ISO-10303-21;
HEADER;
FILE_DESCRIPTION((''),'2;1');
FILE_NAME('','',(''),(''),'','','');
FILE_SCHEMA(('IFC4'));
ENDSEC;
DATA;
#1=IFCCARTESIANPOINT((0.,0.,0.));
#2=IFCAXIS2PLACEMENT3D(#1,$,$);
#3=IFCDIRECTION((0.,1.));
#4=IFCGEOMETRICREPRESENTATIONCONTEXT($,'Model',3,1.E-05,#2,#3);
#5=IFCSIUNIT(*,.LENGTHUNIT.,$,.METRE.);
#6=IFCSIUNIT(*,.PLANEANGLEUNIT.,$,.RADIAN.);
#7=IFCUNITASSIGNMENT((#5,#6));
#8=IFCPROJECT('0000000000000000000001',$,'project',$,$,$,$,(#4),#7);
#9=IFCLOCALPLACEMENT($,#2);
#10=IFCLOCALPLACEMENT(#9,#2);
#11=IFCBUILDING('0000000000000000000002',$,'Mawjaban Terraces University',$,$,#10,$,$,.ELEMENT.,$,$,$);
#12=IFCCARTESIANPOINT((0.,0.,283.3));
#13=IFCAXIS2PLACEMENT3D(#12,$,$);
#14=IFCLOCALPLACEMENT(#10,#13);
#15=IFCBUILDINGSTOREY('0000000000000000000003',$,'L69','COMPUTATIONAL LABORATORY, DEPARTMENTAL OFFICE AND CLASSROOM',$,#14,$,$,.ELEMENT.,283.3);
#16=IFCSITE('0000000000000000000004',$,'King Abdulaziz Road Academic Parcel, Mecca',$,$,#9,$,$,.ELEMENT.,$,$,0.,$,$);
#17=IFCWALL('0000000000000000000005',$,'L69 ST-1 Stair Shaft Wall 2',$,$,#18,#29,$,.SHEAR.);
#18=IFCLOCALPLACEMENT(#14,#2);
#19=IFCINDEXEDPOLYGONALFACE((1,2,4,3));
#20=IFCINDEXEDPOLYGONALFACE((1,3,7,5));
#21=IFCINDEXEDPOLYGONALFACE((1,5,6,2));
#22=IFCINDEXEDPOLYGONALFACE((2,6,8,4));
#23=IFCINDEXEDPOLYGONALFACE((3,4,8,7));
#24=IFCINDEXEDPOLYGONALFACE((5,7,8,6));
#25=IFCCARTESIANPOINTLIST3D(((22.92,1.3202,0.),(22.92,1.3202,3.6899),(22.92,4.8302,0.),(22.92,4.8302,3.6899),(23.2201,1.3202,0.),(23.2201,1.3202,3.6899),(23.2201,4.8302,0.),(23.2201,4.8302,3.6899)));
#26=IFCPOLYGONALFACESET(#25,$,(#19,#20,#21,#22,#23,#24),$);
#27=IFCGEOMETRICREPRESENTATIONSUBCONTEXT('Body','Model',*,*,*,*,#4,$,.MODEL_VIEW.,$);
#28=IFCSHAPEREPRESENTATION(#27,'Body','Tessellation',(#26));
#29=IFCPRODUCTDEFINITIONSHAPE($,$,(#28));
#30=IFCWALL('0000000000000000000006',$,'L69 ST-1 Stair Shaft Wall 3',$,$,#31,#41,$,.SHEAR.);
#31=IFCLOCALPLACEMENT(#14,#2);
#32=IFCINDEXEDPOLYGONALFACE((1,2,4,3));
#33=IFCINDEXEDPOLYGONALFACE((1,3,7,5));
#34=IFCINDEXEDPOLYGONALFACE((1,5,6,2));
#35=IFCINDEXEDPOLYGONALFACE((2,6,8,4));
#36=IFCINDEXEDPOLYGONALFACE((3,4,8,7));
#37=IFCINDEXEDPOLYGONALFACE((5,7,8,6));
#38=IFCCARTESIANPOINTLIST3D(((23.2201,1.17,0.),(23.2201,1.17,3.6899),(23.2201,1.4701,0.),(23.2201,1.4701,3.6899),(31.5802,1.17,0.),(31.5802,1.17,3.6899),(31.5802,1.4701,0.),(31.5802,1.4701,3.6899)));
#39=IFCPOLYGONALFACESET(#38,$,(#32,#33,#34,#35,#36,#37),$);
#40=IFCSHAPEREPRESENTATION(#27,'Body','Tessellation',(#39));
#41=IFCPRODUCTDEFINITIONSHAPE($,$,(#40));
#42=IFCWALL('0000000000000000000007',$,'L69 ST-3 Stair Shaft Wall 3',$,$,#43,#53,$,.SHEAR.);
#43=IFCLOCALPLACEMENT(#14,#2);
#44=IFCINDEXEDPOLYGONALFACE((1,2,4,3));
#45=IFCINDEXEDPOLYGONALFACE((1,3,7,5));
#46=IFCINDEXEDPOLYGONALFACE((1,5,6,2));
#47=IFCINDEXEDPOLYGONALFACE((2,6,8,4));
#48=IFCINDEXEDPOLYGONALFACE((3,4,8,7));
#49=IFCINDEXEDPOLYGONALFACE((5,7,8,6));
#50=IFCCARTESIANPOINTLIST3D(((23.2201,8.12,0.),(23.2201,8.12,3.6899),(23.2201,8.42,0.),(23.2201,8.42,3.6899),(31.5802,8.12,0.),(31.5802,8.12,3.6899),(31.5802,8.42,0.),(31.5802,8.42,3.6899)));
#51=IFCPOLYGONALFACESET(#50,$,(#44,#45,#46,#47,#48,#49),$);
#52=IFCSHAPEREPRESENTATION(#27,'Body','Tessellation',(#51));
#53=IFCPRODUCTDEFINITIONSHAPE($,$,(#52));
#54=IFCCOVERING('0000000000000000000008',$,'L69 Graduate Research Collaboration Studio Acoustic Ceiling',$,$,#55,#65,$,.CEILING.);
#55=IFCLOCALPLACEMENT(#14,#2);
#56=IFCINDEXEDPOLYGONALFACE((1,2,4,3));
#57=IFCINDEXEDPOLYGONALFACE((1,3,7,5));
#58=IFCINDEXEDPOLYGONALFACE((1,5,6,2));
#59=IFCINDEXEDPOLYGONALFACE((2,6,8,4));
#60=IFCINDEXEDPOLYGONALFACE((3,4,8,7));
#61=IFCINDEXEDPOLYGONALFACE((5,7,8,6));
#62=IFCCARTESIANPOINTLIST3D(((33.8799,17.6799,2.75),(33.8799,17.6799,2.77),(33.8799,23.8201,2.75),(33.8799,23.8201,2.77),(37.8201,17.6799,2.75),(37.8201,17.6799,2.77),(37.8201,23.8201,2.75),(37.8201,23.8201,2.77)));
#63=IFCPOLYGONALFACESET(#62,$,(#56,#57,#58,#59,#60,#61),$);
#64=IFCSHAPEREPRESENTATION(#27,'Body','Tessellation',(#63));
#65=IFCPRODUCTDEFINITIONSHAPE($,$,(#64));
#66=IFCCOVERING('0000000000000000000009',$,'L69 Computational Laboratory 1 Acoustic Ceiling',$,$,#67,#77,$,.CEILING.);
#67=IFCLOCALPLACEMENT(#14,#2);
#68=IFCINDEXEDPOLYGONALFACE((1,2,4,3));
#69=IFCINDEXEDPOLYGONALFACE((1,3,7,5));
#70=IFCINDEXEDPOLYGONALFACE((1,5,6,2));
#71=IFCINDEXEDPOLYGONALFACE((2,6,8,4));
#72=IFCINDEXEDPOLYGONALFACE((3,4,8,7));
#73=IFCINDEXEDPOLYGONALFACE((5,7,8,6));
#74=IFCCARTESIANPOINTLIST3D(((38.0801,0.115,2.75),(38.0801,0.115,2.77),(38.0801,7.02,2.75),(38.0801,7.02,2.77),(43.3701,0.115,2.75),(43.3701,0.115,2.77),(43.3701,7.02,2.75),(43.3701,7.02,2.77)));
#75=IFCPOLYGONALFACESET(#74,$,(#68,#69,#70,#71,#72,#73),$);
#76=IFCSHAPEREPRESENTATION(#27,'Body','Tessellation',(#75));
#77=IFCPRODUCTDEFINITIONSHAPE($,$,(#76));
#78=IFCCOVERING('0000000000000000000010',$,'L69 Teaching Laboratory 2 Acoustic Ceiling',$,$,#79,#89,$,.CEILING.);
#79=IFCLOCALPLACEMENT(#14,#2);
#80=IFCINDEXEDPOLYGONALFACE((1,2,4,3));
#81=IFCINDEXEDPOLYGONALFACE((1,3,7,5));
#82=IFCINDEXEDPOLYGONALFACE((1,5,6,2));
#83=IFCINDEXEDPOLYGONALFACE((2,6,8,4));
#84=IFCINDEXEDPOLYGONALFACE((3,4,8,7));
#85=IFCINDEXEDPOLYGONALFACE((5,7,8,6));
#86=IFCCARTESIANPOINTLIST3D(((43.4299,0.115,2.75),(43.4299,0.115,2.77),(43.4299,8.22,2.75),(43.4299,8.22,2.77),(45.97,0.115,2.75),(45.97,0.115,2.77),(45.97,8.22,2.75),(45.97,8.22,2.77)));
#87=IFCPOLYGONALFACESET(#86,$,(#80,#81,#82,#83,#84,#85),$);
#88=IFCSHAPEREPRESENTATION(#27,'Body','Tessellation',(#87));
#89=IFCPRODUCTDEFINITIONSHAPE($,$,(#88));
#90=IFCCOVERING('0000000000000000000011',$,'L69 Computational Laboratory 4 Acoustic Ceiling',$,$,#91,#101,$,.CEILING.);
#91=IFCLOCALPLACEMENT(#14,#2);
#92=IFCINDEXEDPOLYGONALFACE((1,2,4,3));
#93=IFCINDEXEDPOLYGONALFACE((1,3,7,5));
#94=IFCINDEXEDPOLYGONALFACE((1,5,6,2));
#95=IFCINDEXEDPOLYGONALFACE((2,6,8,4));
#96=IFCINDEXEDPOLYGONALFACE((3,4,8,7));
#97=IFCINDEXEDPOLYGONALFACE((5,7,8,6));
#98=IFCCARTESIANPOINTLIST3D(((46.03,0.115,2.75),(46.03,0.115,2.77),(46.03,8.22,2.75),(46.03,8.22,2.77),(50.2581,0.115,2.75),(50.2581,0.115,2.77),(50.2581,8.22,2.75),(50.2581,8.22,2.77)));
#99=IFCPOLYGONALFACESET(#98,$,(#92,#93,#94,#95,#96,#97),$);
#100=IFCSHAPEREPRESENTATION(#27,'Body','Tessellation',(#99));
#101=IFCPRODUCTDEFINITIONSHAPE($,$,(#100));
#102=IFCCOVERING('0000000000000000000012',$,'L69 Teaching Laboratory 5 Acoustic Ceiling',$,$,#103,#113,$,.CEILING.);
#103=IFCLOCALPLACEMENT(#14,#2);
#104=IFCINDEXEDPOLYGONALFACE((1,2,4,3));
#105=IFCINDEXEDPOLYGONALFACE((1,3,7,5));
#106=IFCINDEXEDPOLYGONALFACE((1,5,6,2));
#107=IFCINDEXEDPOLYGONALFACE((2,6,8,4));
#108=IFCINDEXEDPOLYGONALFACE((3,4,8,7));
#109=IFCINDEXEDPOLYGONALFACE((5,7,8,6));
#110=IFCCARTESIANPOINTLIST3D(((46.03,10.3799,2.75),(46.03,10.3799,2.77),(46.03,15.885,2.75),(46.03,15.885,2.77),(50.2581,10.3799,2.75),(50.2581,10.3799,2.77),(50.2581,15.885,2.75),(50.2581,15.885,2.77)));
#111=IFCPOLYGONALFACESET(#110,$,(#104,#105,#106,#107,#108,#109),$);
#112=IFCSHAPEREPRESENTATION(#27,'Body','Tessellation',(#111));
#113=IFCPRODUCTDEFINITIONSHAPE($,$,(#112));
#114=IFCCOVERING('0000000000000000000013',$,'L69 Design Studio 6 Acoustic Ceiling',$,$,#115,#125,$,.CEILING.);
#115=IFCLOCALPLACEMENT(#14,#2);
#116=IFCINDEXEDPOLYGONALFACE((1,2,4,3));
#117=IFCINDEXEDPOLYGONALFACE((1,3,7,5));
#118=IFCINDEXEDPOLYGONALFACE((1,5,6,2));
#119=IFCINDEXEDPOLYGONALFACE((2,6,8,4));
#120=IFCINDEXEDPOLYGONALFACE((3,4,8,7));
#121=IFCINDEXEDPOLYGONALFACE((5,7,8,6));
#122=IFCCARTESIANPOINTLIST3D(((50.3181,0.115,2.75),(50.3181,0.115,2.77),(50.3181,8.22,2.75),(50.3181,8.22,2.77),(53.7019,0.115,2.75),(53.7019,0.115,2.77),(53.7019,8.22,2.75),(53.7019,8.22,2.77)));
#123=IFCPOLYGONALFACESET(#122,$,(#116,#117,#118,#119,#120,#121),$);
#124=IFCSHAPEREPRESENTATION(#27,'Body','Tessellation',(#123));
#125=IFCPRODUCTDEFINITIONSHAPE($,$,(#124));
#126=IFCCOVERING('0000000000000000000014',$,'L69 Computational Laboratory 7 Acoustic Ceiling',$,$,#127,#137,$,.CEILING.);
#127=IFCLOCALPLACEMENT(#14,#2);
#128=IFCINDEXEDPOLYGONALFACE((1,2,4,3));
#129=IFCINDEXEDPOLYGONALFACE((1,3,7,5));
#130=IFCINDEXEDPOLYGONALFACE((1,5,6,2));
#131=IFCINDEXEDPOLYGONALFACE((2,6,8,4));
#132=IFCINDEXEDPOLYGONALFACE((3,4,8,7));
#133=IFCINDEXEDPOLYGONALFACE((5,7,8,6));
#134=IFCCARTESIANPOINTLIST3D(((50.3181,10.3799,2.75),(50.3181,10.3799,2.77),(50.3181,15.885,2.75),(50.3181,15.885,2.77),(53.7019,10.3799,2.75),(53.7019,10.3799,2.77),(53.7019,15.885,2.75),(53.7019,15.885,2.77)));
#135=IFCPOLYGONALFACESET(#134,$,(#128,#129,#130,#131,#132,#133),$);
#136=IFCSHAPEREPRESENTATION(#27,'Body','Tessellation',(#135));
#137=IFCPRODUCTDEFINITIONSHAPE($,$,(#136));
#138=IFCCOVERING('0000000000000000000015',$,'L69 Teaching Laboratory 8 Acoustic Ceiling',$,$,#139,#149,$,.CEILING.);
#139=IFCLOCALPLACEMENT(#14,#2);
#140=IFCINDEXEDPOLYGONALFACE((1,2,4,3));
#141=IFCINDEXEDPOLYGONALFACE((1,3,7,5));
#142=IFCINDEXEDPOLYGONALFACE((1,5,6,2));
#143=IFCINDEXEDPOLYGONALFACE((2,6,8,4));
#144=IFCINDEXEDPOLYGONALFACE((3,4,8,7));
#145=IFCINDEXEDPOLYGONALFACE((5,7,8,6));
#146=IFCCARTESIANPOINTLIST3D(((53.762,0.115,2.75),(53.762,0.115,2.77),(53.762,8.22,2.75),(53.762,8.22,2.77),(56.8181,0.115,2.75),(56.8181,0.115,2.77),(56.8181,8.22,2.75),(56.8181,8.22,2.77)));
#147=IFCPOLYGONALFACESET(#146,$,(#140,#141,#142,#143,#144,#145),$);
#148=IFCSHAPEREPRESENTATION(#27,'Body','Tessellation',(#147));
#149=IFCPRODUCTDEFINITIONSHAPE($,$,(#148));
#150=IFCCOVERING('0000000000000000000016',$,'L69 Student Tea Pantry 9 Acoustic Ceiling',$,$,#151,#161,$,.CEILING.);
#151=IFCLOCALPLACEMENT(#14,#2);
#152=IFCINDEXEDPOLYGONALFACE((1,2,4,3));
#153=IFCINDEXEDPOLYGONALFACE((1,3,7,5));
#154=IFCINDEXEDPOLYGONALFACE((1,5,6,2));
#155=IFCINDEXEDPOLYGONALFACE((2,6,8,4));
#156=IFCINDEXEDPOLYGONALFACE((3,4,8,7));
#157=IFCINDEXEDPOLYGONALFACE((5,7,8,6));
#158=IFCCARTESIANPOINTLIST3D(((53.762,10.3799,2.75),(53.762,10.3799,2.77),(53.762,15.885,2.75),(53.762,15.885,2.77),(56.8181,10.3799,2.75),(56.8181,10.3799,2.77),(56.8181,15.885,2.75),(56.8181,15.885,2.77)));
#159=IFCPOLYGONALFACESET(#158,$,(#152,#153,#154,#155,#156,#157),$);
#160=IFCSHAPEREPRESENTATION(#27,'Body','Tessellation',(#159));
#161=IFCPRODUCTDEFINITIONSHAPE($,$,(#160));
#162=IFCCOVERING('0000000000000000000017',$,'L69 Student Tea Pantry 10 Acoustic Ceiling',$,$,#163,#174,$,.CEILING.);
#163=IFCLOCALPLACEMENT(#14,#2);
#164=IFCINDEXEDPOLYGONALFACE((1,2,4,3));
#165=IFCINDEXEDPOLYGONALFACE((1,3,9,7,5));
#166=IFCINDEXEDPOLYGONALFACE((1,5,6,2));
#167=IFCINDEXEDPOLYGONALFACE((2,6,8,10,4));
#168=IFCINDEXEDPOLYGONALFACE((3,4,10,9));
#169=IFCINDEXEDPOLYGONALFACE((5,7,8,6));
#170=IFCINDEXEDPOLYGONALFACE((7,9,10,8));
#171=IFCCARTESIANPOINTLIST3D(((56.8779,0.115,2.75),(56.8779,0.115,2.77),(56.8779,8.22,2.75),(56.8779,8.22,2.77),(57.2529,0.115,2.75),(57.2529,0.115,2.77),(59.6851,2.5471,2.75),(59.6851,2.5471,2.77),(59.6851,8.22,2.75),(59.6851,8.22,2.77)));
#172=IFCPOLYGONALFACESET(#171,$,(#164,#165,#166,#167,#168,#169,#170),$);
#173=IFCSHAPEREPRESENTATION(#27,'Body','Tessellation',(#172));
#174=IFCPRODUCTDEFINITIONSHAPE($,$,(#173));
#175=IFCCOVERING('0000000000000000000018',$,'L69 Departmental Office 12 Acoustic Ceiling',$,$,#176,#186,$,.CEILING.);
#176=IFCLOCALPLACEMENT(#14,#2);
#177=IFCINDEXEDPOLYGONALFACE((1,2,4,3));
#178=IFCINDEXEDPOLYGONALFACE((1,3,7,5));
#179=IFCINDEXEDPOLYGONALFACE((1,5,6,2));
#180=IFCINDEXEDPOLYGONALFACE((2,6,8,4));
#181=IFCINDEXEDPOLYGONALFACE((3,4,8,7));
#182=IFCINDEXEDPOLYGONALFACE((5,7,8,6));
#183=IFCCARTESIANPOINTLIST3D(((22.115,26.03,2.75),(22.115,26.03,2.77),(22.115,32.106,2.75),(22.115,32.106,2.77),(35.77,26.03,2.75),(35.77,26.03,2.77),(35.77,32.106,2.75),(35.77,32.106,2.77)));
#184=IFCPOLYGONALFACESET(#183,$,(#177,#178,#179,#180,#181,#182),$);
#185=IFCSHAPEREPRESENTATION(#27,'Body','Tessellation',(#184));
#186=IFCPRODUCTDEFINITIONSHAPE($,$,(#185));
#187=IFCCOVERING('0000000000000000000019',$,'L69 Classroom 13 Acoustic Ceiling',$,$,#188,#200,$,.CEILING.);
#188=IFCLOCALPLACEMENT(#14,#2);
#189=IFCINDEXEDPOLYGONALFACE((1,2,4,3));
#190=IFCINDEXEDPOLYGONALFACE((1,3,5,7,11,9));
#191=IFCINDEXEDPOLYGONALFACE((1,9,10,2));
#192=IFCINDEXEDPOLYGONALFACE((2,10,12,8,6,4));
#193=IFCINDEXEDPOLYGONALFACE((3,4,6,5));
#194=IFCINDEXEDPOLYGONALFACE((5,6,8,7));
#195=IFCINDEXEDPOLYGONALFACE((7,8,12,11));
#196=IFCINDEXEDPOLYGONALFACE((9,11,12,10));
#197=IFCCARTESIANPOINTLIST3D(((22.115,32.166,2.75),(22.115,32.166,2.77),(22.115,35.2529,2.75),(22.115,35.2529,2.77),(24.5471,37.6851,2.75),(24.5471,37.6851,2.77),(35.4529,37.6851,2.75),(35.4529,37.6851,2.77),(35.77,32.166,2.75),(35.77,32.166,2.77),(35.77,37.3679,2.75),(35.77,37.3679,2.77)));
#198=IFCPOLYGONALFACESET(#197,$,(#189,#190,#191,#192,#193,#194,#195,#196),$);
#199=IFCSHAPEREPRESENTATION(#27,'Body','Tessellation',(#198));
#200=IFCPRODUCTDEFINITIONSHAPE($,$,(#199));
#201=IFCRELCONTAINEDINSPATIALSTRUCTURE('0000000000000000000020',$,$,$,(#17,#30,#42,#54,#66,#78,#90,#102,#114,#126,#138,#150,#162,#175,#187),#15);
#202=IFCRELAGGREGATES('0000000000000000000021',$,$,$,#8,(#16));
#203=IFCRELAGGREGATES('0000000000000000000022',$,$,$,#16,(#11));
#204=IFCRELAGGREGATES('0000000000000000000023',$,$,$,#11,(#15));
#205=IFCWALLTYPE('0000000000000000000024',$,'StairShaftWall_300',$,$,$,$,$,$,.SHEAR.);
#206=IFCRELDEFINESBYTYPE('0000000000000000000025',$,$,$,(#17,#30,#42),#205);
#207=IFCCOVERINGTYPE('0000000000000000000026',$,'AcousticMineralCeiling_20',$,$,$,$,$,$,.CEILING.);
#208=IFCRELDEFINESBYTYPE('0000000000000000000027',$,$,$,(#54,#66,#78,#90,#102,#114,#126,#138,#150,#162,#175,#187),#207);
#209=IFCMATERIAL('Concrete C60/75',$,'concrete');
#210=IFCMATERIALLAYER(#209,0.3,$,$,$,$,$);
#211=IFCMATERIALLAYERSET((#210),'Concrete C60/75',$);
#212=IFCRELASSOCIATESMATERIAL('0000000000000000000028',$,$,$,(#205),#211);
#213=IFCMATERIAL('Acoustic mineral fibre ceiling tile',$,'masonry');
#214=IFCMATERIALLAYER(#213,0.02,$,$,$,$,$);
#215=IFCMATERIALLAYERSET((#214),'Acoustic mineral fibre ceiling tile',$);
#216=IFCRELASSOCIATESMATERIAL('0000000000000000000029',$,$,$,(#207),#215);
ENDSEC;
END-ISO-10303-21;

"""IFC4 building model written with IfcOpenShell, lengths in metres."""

from ifc_helpers import new_model, si_unit, direction, frame, frame_2d, origin, place, context, subcontext, project, spatial, polyline, rectangle, outline, extrude, material, layer, layer_set, type_object, element, save


model = new_model("IFC4")

# Units and contexts
model_context = context("Model", 3, precision=1e-05, world=origin(), true_north=direction((0.0, 1.0)))
body_context = subcontext(model_context, "Body", "Model", "MODEL_VIEW")
ifc_project = project(units=[si_unit("LENGTHUNIT", "METRE"), si_unit("PLANEANGLEUNIT", "RADIAN")], contexts=[model_context])

# Site, building, storey
site_placement = place(None, origin())
site = spatial("IfcSite", under=ifc_project, at=site_placement, Name="King Abdulaziz Road Academic Parcel, Mecca", CompositionType="ELEMENT", RefElevation=0.0)
building_placement = place(site_placement, origin())
building = spatial("IfcBuilding", under=site, at=building_placement, Name="Mawjaban Terraces University", CompositionType="ELEMENT")
storey_placement = place(building_placement, frame((0.0, 0.0, 283.3)))
storey = spatial("IfcBuildingStorey", under=building, at=storey_placement, Name="L69", Description="COMPUTATIONAL LABORATORY, DEPARTMENTAL OFFICE AND CLASSROOM", CompositionType="ELEMENT", Elevation=283.3)

# Walls
ifc_material_1 = material(Name="Concrete C60/75", Category="concrete")
ifc_layer_1 = layer(ifc_material_1, 0.3)
ifc_layer_set_1 = layer_set([ifc_layer_1], Name="Concrete C60/75")
wall_type_1 = type_object("IfcWallType", Name="StairShaftWall_300", PredefinedType="SHEAR", material=ifc_layer_set_1)
wall_1_placement = place(storey_placement, frame((23.0701, 4.8301, 0.0), z_axis=(0.0, 0.0, 1.0), x_axis=(0.0, -1.0, 0.0)))
element("IfcWall", 1, at=wall_1_placement, inside=storey, type_object=wall_type_1, Name="L69 ST-1 Stair Shaft Wall 2", PredefinedType="SHEAR", context=body_context, shape_type="SweptSolid", body=[
    extrude(rectangle(XDim=3.51, YDim=0.3, at=frame_2d((1.7549, 0.0))), origin(), (0.0, 0.0, 1.0), 3.6899),
])
for number, where, z_axis, x_axis, name in (
    (2, (23.22, 1.3201, 0.0), (0.0, 0.0, 1.0), (1.0, 0.0, 0.0), "L69 ST-1 Stair Shaft Wall 3"),
    (3, (23.22, 8.27, 0.0), (0.0, 0.0, 1.0), (1.0, 0.0, 0.0), "L69 ST-3 Stair Shaft Wall 3"),
):
    element("IfcWall", number, at=place(storey_placement, frame(where, z_axis=z_axis, x_axis=x_axis)), inside=storey, type_object=wall_type_1, Name=name, PredefinedType="SHEAR", context=body_context, shape_type="SweptSolid", body=[
        extrude(rectangle(XDim=8.3601, YDim=0.3, at=frame_2d((4.1802, 0.0))), origin(), (0.0, 0.0, 1.0), 3.6899),
    ])

# Coverings
ifc_material_2 = material(Name="Acoustic mineral fibre ceiling tile", Category="masonry")
ifc_layer_2 = layer(ifc_material_2, 0.02)
ifc_layer_set_2 = layer_set([ifc_layer_2], Name="Acoustic mineral fibre ceiling tile")
covering_type_1 = type_object("IfcCoveringType", Name="AcousticMineralCeiling_20", PredefinedType="CEILING", material=ifc_layer_set_2)
covering_1_placement = place(storey_placement, frame((0.0, 0.0, 2.75)))
element("IfcCovering", 4, at=covering_1_placement, inside=storey, type_object=covering_type_1, Name="L69 Graduate Research Collaboration Studio Acoustic Ceiling", PredefinedType="CEILING", context=body_context, shape_type="SweptSolid", body=[
    extrude(outline(polyline([(37.8201, 17.6799), (37.8201, 23.8201), (33.8799, 23.8201), (33.8799, 17.6799), (37.8201, 17.6799)])), origin(), (0.0, 0.0, 1.0), 0.02),
])
covering_2_placement = place(storey_placement, frame((0.0, 0.0, 2.75)))
element("IfcCovering", 5, at=covering_2_placement, inside=storey, type_object=covering_type_1, Name="L69 Computational Laboratory 1 Acoustic Ceiling", PredefinedType="CEILING", context=body_context, shape_type="SweptSolid", body=[
    extrude(outline(polyline([(38.0801, 7.02), (38.0801, 0.115), (43.3701, 0.115), (43.3701, 7.02), (38.0801, 7.02)])), origin(), (0.0, 0.0, 1.0), 0.02),
])
covering_3_placement = place(storey_placement, frame((0.0, 0.0, 2.75)))
element("IfcCovering", 6, at=covering_3_placement, inside=storey, type_object=covering_type_1, Name="L69 Teaching Laboratory 2 Acoustic Ceiling", PredefinedType="CEILING", context=body_context, shape_type="SweptSolid", body=[
    extrude(outline(polyline([(43.4299, 0.115), (45.97, 0.115), (45.97, 8.22), (43.4299, 8.22), (43.4299, 0.115)])), origin(), (0.0, 0.0, 1.0), 0.02),
])
covering_4_placement = place(storey_placement, frame((0.0, 0.0, 2.75)))
element("IfcCovering", 7, at=covering_4_placement, inside=storey, type_object=covering_type_1, Name="L69 Computational Laboratory 4 Acoustic Ceiling", PredefinedType="CEILING", context=body_context, shape_type="SweptSolid", body=[
    extrude(outline(polyline([(46.03, 0.115), (50.2581, 0.115), (50.2581, 8.22), (46.03, 8.22), (46.03, 0.115)])), origin(), (0.0, 0.0, 1.0), 0.02),
])
covering_5_placement = place(storey_placement, frame((0.0, 0.0, 2.75)))
element("IfcCovering", 8, at=covering_5_placement, inside=storey, type_object=covering_type_1, Name="L69 Teaching Laboratory 5 Acoustic Ceiling", PredefinedType="CEILING", context=body_context, shape_type="SweptSolid", body=[
    extrude(outline(polyline([(50.2581, 15.885), (46.03, 15.885), (46.03, 10.3799), (50.2581, 10.3799), (50.2581, 15.885)])), origin(), (0.0, 0.0, 1.0), 0.02),
])
covering_6_placement = place(storey_placement, frame((0.0, 0.0, 2.75)))
element("IfcCovering", 9, at=covering_6_placement, inside=storey, type_object=covering_type_1, Name="L69 Design Studio 6 Acoustic Ceiling", PredefinedType="CEILING", context=body_context, shape_type="SweptSolid", body=[
    extrude(outline(polyline([(50.3181, 0.115), (53.7019, 0.115), (53.7019, 8.22), (50.3181, 8.22), (50.3181, 0.115)])), origin(), (0.0, 0.0, 1.0), 0.02),
])
covering_7_placement = place(storey_placement, frame((0.0, 0.0, 2.75)))
element("IfcCovering", 10, at=covering_7_placement, inside=storey, type_object=covering_type_1, Name="L69 Computational Laboratory 7 Acoustic Ceiling", PredefinedType="CEILING", context=body_context, shape_type="SweptSolid", body=[
    extrude(outline(polyline([(53.7019, 15.885), (50.3181, 15.885), (50.3181, 10.3799), (53.7019, 10.3799), (53.7019, 15.885)])), origin(), (0.0, 0.0, 1.0), 0.02),
])
covering_8_placement = place(storey_placement, frame((0.0, 0.0, 2.75)))
element("IfcCovering", 11, at=covering_8_placement, inside=storey, type_object=covering_type_1, Name="L69 Teaching Laboratory 8 Acoustic Ceiling", PredefinedType="CEILING", context=body_context, shape_type="SweptSolid", body=[
    extrude(outline(polyline([(53.762, 0.115), (56.8181, 0.115), (56.8181, 8.22), (53.762, 8.22), (53.762, 0.115)])), origin(), (0.0, 0.0, 1.0), 0.02),
])
covering_9_placement = place(storey_placement, frame((0.0, 0.0, 2.75)))
element("IfcCovering", 12, at=covering_9_placement, inside=storey, type_object=covering_type_1, Name="L69 Student Tea Pantry 9 Acoustic Ceiling", PredefinedType="CEILING", context=body_context, shape_type="SweptSolid", body=[
    extrude(outline(polyline([(56.8181, 15.885), (53.762, 15.885), (53.762, 10.3799), (56.8181, 10.3799), (56.8181, 15.885)])), origin(), (0.0, 0.0, 1.0), 0.02),
])
covering_10_placement = place(storey_placement, frame((0.0, 0.0, 2.75)))
element("IfcCovering", 13, at=covering_10_placement, inside=storey, type_object=covering_type_1, Name="L69 Student Tea Pantry 10 Acoustic Ceiling", PredefinedType="CEILING", context=body_context, shape_type="SweptSolid", body=[
    extrude(outline(polyline([(56.8779, 0.115), (57.2529, 0.115), (59.6851, 2.5471), (59.6851, 8.22), (56.8779, 8.22), (56.8779, 0.115)])), origin(), (0.0, 0.0, 1.0), 0.02),
])
covering_11_placement = place(storey_placement, frame((0.0, 0.0, 2.75)))
element("IfcCovering", 14, at=covering_11_placement, inside=storey, type_object=covering_type_1, Name="L69 Departmental Office 12 Acoustic Ceiling", PredefinedType="CEILING", context=body_context, shape_type="SweptSolid", body=[
    extrude(outline(polyline([(22.115, 32.106), (22.115, 26.03), (35.77, 26.03), (35.77, 32.106), (22.115, 32.106)])), origin(), (0.0, 0.0, 1.0), 0.02),
])
covering_12_placement = place(storey_placement, frame((0.0, 0.0, 2.75)))
element("IfcCovering", 15, at=covering_12_placement, inside=storey, type_object=covering_type_1, Name="L69 Classroom 13 Acoustic Ceiling", PredefinedType="CEILING", context=body_context, shape_type="SweptSolid", body=[
    extrude(outline(polyline([(35.77, 37.3679), (35.4529, 37.6851), (24.5471, 37.6851), (22.115, 35.2529), (22.115, 32.166), (35.77, 32.166), (35.77, 37.3679)])), origin(), (0.0, 0.0, 1.0), 0.02),
])

save(model, "model.ifc")
